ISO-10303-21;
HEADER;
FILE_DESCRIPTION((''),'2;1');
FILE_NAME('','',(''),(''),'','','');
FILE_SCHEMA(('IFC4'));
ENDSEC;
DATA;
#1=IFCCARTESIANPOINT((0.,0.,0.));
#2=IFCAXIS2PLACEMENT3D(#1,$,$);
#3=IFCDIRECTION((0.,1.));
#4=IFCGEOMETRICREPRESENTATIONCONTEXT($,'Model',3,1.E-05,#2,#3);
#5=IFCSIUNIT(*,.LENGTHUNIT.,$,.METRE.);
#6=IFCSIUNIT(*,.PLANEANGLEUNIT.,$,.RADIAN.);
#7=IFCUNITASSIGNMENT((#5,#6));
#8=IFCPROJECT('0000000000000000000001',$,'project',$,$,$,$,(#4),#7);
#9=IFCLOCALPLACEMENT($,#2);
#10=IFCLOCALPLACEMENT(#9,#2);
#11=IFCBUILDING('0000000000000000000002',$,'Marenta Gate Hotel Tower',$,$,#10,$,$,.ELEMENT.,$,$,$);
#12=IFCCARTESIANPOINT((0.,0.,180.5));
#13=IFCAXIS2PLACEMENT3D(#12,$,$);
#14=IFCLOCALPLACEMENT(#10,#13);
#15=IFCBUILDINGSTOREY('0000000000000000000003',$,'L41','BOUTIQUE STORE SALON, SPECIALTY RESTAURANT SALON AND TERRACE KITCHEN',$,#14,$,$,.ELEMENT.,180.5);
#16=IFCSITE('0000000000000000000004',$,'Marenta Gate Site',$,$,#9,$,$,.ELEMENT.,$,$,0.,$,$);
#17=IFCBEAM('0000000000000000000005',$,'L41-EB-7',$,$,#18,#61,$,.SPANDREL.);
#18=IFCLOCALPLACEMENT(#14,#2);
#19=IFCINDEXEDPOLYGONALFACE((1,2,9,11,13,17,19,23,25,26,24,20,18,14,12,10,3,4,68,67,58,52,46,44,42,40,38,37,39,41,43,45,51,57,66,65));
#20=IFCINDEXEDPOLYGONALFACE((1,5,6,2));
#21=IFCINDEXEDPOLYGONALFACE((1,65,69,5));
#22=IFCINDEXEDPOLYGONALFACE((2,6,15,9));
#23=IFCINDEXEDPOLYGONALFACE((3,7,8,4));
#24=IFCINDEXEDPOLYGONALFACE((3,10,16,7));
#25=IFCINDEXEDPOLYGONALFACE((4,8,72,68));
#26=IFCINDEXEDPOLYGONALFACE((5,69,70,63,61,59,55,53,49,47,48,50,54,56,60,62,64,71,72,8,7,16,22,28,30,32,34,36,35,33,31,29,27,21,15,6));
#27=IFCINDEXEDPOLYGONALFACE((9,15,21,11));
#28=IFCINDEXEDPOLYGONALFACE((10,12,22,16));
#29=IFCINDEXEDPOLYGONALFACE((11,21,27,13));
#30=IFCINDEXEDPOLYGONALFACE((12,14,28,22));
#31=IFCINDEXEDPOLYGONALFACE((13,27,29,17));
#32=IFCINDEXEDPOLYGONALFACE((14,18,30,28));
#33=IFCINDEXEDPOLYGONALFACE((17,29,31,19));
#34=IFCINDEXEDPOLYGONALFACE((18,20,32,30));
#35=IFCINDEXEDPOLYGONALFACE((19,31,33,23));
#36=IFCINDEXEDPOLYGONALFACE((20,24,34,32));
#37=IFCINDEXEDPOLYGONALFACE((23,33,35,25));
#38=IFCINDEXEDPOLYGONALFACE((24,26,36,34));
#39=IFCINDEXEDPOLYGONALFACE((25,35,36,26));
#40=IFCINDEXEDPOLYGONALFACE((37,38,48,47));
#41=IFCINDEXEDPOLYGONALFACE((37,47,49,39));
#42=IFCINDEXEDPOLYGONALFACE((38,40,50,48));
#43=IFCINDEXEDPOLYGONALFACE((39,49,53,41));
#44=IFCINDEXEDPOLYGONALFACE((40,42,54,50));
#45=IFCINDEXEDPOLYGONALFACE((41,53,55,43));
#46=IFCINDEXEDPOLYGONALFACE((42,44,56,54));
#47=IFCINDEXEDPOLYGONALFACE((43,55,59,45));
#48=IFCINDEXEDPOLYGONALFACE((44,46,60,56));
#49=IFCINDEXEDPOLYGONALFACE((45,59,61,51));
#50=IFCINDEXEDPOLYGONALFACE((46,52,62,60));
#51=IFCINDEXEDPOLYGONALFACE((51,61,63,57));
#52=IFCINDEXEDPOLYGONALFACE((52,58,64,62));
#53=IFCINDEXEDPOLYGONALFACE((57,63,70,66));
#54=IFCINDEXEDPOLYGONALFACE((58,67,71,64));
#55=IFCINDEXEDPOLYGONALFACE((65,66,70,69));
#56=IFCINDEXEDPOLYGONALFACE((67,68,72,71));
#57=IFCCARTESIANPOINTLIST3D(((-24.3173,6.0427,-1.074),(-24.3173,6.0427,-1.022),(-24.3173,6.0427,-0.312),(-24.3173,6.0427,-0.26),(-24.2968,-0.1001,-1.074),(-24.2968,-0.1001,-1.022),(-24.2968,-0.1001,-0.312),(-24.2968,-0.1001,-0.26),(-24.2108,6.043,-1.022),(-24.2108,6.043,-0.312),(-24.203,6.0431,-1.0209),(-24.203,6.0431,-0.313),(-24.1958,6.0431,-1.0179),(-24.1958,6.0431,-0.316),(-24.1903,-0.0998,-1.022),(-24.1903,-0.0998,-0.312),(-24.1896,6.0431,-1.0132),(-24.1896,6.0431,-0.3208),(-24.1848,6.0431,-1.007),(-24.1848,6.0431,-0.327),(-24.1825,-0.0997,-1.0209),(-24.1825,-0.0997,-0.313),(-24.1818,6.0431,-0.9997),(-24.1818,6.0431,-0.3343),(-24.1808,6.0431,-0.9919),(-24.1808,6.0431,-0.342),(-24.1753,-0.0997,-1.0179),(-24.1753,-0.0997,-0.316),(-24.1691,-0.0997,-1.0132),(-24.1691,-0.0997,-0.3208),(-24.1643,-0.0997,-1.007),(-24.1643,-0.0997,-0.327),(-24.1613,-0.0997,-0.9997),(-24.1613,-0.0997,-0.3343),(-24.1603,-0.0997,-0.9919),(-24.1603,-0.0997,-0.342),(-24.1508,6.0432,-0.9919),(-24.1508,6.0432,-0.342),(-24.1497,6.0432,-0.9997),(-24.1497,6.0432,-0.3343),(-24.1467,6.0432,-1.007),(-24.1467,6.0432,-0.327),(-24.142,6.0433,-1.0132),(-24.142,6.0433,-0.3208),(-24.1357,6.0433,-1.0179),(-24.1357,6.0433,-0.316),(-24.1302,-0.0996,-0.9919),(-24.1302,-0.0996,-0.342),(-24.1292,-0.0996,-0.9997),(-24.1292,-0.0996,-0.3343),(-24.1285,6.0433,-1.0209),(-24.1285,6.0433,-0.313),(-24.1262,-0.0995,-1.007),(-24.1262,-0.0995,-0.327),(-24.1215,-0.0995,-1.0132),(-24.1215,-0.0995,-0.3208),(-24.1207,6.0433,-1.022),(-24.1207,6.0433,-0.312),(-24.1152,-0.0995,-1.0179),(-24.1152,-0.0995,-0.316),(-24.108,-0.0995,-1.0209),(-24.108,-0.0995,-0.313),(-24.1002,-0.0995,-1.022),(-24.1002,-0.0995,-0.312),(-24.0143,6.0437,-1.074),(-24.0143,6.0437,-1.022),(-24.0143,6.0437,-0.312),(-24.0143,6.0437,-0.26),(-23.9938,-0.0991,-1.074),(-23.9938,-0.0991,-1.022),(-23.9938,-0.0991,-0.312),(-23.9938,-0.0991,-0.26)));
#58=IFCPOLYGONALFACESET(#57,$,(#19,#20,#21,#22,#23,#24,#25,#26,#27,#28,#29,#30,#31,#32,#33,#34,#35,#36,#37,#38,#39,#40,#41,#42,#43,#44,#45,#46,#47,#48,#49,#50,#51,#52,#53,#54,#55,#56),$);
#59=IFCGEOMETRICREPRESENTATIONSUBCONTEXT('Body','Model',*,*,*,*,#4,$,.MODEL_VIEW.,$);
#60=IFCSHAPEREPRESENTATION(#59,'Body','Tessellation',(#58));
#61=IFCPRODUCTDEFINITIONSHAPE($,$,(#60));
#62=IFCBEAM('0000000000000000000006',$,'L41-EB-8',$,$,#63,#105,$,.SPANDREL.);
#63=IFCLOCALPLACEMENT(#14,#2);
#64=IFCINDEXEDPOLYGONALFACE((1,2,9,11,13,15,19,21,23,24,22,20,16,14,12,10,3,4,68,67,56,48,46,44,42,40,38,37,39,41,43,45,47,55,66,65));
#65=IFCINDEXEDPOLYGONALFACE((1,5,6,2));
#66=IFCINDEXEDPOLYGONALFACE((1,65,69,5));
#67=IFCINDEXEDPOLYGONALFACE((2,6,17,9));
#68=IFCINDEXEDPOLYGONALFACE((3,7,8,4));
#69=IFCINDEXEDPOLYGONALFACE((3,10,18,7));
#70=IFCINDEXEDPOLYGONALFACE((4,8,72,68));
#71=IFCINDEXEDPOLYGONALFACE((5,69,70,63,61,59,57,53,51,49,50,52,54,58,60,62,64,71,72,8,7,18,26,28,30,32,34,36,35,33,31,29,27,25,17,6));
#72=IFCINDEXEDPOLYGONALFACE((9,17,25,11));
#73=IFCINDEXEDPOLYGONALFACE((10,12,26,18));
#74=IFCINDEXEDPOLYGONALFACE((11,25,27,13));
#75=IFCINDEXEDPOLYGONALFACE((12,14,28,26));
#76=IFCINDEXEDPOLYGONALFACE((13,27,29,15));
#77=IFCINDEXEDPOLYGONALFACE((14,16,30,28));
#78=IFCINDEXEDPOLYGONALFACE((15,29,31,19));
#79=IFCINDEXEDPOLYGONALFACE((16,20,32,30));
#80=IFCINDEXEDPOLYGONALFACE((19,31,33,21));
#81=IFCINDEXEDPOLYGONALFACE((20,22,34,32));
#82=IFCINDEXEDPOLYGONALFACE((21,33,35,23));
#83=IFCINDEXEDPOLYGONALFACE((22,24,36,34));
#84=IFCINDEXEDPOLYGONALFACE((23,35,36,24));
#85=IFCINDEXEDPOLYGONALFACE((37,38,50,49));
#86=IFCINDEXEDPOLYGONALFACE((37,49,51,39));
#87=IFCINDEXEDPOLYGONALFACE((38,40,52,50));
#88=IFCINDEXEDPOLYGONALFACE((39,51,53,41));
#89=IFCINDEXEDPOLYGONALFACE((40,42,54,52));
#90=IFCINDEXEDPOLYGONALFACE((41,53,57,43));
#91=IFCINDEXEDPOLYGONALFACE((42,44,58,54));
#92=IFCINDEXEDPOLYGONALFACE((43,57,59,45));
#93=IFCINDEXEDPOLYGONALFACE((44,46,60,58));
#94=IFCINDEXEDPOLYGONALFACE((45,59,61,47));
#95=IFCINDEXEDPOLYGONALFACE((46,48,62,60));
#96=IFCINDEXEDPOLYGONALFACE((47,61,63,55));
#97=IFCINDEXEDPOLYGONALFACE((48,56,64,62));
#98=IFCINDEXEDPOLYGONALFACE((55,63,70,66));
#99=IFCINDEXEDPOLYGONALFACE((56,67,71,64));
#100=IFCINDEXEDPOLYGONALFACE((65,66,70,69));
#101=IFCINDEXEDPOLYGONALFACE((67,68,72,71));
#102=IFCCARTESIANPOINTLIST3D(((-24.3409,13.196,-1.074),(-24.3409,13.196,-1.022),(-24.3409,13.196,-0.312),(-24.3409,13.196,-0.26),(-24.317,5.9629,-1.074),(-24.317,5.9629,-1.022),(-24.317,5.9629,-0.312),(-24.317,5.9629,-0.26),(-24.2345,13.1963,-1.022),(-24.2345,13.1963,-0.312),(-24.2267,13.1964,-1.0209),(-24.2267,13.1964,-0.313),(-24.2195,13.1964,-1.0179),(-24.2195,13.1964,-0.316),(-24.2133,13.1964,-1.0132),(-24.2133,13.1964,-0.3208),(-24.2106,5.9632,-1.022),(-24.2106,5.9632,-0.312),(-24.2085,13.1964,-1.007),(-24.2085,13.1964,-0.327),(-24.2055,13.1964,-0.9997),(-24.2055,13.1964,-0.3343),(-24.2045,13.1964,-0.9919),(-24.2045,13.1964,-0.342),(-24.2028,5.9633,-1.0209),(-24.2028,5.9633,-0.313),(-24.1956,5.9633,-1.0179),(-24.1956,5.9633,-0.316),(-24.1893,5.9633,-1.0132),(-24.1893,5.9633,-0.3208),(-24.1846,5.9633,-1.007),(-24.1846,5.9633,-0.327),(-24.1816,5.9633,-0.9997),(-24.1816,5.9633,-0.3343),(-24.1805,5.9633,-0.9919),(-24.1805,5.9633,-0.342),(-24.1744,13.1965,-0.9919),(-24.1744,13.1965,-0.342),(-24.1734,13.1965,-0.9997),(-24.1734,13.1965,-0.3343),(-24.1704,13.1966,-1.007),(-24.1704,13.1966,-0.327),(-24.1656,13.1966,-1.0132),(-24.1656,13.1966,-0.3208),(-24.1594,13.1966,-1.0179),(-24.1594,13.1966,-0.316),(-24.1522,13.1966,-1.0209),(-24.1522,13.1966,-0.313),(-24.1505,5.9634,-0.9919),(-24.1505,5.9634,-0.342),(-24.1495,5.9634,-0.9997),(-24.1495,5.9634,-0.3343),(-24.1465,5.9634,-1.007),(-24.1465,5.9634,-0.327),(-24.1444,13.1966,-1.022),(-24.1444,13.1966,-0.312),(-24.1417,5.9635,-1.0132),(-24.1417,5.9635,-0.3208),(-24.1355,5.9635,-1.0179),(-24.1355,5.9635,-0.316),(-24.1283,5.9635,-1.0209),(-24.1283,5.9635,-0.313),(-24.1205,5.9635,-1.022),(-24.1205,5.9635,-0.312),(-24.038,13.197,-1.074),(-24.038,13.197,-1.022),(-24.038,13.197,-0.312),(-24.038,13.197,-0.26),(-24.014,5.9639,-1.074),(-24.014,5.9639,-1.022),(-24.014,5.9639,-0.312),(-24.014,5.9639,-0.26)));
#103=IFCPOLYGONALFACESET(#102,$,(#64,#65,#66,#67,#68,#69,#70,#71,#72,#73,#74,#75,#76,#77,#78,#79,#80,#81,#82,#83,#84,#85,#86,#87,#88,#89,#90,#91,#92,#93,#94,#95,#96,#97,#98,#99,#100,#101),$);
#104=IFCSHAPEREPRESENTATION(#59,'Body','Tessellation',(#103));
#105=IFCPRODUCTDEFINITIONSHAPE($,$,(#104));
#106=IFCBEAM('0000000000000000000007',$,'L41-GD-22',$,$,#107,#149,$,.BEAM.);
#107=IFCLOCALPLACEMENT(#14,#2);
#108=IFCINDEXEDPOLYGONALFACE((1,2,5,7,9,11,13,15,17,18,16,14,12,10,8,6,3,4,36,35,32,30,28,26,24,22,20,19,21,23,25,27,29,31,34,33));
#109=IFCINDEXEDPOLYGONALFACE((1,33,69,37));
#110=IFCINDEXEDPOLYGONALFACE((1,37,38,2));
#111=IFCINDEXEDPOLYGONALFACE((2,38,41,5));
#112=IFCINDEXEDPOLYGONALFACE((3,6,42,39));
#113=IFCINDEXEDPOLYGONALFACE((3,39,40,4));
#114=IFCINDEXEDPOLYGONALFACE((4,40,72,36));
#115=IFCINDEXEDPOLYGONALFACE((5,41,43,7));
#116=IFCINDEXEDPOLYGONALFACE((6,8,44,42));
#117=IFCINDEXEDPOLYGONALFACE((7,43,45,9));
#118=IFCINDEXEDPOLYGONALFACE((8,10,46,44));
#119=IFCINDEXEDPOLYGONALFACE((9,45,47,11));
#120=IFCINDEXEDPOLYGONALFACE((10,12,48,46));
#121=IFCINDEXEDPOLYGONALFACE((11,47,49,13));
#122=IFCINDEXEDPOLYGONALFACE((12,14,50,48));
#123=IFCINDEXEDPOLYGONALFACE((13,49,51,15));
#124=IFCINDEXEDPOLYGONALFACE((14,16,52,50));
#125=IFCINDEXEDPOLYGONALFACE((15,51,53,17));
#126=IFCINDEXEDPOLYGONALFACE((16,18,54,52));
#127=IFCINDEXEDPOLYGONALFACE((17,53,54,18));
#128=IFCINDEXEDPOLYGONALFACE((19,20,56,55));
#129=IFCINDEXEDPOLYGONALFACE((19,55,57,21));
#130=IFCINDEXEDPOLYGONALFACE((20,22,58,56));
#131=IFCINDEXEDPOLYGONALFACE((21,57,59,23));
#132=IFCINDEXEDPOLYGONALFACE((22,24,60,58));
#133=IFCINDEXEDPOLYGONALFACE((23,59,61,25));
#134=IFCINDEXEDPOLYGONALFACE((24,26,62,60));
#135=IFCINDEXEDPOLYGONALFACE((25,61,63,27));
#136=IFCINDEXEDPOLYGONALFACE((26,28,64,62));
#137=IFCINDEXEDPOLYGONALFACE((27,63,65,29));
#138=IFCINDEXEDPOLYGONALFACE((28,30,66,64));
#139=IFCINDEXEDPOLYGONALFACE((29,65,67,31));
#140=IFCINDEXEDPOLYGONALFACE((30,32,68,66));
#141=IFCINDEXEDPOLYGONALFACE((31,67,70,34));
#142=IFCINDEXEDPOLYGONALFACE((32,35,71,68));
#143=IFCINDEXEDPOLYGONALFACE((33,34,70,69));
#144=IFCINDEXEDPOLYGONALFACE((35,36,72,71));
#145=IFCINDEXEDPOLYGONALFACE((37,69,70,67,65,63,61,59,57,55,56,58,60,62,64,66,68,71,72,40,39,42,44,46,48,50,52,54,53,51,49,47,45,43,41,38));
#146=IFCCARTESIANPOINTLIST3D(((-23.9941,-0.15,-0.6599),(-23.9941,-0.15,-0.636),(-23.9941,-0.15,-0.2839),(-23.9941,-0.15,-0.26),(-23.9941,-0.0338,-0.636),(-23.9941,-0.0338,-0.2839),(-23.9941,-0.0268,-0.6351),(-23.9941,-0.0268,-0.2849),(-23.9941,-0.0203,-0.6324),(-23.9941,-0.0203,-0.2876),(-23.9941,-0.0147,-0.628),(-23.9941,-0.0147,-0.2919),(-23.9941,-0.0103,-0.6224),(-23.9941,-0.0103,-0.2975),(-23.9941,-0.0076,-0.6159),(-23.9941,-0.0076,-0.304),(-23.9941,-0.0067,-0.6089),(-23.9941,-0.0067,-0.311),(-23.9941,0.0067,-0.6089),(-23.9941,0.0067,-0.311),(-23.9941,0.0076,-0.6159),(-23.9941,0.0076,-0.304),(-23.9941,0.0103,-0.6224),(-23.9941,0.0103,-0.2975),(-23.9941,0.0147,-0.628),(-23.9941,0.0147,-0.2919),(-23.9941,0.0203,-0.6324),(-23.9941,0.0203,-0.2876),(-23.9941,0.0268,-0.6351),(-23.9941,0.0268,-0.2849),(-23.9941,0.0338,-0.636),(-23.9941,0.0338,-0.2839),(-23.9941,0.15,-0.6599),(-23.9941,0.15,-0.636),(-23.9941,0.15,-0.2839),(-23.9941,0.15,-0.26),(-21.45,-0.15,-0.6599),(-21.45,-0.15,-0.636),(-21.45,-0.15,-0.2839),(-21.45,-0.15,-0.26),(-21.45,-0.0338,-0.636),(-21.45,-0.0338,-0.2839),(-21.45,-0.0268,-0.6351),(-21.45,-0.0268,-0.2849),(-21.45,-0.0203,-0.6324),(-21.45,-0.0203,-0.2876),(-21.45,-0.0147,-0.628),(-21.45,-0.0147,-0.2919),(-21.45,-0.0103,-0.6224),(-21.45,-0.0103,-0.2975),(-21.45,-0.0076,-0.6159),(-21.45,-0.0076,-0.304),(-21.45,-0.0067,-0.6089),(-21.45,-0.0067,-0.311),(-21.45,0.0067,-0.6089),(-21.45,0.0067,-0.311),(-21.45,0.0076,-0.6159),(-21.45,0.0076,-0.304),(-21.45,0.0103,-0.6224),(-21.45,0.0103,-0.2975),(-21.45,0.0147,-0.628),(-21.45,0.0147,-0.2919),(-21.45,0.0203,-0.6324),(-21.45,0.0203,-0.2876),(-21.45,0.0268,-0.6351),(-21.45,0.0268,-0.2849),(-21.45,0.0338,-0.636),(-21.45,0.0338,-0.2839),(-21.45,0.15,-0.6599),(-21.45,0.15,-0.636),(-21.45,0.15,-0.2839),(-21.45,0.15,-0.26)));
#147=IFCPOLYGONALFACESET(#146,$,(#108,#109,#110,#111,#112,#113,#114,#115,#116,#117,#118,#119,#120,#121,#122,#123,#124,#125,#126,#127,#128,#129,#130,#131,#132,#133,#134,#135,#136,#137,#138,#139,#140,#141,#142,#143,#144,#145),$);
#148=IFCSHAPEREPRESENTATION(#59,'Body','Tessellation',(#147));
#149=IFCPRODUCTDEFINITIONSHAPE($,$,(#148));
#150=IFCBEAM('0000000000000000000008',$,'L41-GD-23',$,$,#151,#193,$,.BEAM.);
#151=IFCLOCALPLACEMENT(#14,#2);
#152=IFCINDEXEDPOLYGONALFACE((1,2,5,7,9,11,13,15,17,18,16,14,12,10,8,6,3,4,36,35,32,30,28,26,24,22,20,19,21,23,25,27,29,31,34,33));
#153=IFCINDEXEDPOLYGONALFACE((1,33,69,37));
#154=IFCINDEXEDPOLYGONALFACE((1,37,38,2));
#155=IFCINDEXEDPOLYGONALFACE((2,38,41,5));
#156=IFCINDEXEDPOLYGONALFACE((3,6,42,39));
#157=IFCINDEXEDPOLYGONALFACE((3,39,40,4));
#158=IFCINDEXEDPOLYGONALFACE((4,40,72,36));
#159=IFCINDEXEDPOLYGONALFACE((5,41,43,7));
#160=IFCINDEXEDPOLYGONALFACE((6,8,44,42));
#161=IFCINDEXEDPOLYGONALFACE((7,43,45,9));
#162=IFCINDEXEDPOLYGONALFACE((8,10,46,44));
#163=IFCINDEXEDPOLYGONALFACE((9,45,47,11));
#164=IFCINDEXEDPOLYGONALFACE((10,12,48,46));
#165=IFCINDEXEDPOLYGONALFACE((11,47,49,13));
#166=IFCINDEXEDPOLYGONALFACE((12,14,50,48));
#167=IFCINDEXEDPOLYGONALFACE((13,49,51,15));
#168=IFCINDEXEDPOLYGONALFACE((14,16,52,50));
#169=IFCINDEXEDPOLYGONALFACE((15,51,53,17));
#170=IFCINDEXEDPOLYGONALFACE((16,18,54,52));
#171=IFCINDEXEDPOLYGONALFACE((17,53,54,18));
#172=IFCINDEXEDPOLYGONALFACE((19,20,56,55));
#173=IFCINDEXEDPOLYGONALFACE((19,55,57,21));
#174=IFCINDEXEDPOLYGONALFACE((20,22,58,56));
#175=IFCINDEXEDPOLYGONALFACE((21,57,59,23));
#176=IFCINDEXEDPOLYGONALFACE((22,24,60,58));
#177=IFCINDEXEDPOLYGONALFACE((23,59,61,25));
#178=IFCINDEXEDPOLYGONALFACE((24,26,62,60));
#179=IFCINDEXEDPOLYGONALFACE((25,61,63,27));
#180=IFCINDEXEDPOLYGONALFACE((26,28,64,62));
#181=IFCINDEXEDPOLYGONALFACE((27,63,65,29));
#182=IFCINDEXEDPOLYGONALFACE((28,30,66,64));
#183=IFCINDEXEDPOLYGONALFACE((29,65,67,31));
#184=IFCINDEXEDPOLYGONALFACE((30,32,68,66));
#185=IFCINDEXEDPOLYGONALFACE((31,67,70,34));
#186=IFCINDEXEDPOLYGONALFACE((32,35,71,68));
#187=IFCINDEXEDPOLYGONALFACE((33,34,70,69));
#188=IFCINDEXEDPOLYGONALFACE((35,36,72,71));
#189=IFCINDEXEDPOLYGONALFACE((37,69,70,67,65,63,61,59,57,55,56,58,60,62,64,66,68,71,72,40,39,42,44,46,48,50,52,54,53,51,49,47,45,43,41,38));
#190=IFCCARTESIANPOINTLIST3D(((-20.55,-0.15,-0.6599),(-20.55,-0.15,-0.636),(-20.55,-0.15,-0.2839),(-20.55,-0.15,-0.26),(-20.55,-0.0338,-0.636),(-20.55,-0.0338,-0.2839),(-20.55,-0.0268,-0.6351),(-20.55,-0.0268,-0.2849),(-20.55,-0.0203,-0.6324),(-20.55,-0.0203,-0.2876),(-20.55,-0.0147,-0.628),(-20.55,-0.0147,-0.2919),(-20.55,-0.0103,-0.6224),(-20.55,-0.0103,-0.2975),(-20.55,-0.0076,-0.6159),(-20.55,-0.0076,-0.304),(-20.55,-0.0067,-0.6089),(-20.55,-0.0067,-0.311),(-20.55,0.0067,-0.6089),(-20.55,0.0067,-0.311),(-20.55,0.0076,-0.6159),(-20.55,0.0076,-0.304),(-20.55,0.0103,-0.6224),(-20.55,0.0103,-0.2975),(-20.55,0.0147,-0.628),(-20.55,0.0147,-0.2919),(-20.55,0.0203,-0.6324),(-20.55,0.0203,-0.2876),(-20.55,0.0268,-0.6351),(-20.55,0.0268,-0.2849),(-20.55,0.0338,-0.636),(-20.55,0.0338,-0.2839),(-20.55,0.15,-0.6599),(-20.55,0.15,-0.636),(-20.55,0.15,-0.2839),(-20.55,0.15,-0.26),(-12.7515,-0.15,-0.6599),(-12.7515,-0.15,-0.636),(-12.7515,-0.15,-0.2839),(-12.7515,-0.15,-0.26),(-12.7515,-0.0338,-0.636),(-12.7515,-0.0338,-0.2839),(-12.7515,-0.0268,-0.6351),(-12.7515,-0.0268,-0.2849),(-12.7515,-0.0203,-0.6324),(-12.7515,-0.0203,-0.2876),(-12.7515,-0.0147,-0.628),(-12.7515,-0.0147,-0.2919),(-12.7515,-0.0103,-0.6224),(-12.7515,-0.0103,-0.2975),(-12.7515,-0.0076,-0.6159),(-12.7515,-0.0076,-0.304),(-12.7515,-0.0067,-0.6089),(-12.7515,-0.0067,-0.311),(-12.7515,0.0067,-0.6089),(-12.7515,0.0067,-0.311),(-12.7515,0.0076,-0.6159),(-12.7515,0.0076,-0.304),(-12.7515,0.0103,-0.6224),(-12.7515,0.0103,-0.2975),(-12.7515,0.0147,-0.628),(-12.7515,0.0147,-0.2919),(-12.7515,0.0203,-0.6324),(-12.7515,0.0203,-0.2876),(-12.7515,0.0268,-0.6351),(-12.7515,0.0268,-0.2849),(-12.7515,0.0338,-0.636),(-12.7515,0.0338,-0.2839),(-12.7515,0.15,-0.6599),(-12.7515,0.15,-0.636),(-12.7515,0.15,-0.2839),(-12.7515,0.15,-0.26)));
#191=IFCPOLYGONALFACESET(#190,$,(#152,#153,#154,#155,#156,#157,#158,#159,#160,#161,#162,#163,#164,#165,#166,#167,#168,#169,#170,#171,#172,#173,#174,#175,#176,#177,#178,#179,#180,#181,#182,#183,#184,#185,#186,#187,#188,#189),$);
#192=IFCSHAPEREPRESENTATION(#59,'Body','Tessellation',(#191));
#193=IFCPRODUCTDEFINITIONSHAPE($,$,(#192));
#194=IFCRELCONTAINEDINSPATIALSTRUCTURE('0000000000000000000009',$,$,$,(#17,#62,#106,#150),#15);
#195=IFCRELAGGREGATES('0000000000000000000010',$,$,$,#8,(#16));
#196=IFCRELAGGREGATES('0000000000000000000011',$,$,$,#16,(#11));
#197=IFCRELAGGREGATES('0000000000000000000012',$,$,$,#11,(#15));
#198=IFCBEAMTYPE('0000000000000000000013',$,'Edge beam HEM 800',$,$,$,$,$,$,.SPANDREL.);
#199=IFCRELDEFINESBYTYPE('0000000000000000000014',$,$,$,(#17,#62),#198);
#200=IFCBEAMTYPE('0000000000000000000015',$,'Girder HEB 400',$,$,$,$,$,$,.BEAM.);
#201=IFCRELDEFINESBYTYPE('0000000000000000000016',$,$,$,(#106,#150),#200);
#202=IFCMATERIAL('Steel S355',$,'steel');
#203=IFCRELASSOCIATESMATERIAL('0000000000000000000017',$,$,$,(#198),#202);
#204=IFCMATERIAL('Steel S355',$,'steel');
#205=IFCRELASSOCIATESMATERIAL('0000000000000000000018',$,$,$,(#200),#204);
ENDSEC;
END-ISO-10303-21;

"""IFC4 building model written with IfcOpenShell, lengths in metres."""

from ifc_helpers import new_model, si_unit, direction, frame, origin, origin_2d, place, context, subcontext, project, spatial, i_section, extrude, material, material_profile, profile_set, type_object, element, save


model = new_model("IFC4")

# Units and contexts
model_context = context("Model", 3, precision=1e-05, world=origin(), true_north=direction((0.0, 1.0)))
body_context = subcontext(model_context, "Body", "Model", "MODEL_VIEW")
ifc_project = project(units=[si_unit("LENGTHUNIT", "METRE"), si_unit("PLANEANGLEUNIT", "RADIAN")], contexts=[model_context])

# Site, building, storey
site_placement = place(None, origin())
site = spatial("IfcSite", under=ifc_project, at=site_placement, Name="Marenta Gate Site", CompositionType="ELEMENT", RefElevation=0.0)
building_placement = place(site_placement, origin())
building = spatial("IfcBuilding", under=site, at=building_placement, Name="Marenta Gate Hotel Tower", CompositionType="ELEMENT")
storey_placement = place(building_placement, frame((0.0, 0.0, 180.5)))
storey = spatial("IfcBuildingStorey", under=building, at=storey_placement, Name="L41", Description="BOUTIQUE STORE SALON, SPECIALTY RESTAURANT SALON AND TERRACE KITCHEN", CompositionType="ELEMENT", Elevation=180.5)

# Beams
ifc_material_1 = material(Name="Steel S355", Category="steel")
ifc_material_profile_1 = material_profile(ifc_material_1, i_section(OverallWidth=0.303, OverallDepth=0.814, WebThickness=0.03, FlangeThickness=0.052, FilletRadius=0.03, at=origin_2d()), Name="HEM 800")
ifc_profile_set_1 = profile_set([ifc_material_profile_1], Name="Steel S355")
beam_type_1 = type_object("IfcBeamType", Name="Edge beam HEM 800", PredefinedType="SPANDREL", material=ifc_profile_set_1)
beam_1_placement = place(storey_placement, frame((-24.1453, -0.0996, -0.667), z_axis=(-0.003338, 0.999994, 0.0), x_axis=(-0.999994, -0.003338, 0.0)))
element("IfcBeam", 1, at=beam_1_placement, inside=storey, type_object=beam_type_1, Name="L41-EB-7", PredefinedType="SPANDREL", context=body_context, shape_type="SweptSolid", body=[
    extrude(i_section(OverallWidth=0.303, OverallDepth=0.814, WebThickness=0.03, FlangeThickness=0.052, FilletRadius=0.03, at=origin_2d()), origin(), (0.0, 0.0, 1.0), 6.1428),
])
beam_2_placement = place(storey_placement, frame((-24.1655, 5.9634, -0.667), z_axis=(-0.003308, 0.999995, 0.0), x_axis=(-0.999995, -0.003308, 0.0)))
element("IfcBeam", 2, at=beam_2_placement, inside=storey, type_object=beam_type_1, Name="L41-EB-8", PredefinedType="SPANDREL", context=body_context, shape_type="SweptSolid", body=[
    extrude(i_section(OverallWidth=0.303, OverallDepth=0.814, WebThickness=0.03, FlangeThickness=0.052, FilletRadius=0.03, at=origin_2d()), origin(), (0.0, 0.0, 1.0), 7.2332),
])
ifc_material_2 = material(Name="Steel S355", Category="steel")
ifc_material_profile_2 = material_profile(ifc_material_2, i_section(OverallWidth=0.3, OverallDepth=0.3999, WebThickness=0.0134, FlangeThickness=0.0239, FilletRadius=0.0271, at=origin_2d()), Name="HEB 400")
ifc_profile_set_2 = profile_set([ifc_material_profile_2], Name="Steel S355")
beam_type_2 = type_object("IfcBeamType", Name="Girder HEB 400", PredefinedType="BEAM", material=ifc_profile_set_2)
beam_3_placement = place(storey_placement, frame((-23.9941, 0.0, -0.46), z_axis=(1.0, 0.0, 0.0), x_axis=(0.0, 1.0, 0.0)))
element("IfcBeam", 3, at=beam_3_placement, inside=storey, type_object=beam_type_2, Name="L41-GD-22", PredefinedType="BEAM", context=body_context, shape_type="SweptSolid", body=[
    extrude(i_section(OverallWidth=0.3, OverallDepth=0.3999, WebThickness=0.0134, FlangeThickness=0.0239, FilletRadius=0.0271, at=origin_2d()), origin(), (0.0, 0.0, 1.0), 2.5442),
])
beam_4_placement = place(storey_placement, frame((-20.55, 0.0, -0.46), z_axis=(1.0, 0.0, 0.0), x_axis=(0.0, 1.0, 0.0)))
element("IfcBeam", 4, at=beam_4_placement, inside=storey, type_object=beam_type_2, Name="L41-GD-23", PredefinedType="BEAM", context=body_context, shape_type="SweptSolid", body=[
    extrude(i_section(OverallWidth=0.3, OverallDepth=0.3999, WebThickness=0.0134, FlangeThickness=0.0239, FilletRadius=0.0271, at=origin_2d()), origin(), (0.0, 0.0, 1.0), 7.7986),
])

save(model, "model.ifc")
